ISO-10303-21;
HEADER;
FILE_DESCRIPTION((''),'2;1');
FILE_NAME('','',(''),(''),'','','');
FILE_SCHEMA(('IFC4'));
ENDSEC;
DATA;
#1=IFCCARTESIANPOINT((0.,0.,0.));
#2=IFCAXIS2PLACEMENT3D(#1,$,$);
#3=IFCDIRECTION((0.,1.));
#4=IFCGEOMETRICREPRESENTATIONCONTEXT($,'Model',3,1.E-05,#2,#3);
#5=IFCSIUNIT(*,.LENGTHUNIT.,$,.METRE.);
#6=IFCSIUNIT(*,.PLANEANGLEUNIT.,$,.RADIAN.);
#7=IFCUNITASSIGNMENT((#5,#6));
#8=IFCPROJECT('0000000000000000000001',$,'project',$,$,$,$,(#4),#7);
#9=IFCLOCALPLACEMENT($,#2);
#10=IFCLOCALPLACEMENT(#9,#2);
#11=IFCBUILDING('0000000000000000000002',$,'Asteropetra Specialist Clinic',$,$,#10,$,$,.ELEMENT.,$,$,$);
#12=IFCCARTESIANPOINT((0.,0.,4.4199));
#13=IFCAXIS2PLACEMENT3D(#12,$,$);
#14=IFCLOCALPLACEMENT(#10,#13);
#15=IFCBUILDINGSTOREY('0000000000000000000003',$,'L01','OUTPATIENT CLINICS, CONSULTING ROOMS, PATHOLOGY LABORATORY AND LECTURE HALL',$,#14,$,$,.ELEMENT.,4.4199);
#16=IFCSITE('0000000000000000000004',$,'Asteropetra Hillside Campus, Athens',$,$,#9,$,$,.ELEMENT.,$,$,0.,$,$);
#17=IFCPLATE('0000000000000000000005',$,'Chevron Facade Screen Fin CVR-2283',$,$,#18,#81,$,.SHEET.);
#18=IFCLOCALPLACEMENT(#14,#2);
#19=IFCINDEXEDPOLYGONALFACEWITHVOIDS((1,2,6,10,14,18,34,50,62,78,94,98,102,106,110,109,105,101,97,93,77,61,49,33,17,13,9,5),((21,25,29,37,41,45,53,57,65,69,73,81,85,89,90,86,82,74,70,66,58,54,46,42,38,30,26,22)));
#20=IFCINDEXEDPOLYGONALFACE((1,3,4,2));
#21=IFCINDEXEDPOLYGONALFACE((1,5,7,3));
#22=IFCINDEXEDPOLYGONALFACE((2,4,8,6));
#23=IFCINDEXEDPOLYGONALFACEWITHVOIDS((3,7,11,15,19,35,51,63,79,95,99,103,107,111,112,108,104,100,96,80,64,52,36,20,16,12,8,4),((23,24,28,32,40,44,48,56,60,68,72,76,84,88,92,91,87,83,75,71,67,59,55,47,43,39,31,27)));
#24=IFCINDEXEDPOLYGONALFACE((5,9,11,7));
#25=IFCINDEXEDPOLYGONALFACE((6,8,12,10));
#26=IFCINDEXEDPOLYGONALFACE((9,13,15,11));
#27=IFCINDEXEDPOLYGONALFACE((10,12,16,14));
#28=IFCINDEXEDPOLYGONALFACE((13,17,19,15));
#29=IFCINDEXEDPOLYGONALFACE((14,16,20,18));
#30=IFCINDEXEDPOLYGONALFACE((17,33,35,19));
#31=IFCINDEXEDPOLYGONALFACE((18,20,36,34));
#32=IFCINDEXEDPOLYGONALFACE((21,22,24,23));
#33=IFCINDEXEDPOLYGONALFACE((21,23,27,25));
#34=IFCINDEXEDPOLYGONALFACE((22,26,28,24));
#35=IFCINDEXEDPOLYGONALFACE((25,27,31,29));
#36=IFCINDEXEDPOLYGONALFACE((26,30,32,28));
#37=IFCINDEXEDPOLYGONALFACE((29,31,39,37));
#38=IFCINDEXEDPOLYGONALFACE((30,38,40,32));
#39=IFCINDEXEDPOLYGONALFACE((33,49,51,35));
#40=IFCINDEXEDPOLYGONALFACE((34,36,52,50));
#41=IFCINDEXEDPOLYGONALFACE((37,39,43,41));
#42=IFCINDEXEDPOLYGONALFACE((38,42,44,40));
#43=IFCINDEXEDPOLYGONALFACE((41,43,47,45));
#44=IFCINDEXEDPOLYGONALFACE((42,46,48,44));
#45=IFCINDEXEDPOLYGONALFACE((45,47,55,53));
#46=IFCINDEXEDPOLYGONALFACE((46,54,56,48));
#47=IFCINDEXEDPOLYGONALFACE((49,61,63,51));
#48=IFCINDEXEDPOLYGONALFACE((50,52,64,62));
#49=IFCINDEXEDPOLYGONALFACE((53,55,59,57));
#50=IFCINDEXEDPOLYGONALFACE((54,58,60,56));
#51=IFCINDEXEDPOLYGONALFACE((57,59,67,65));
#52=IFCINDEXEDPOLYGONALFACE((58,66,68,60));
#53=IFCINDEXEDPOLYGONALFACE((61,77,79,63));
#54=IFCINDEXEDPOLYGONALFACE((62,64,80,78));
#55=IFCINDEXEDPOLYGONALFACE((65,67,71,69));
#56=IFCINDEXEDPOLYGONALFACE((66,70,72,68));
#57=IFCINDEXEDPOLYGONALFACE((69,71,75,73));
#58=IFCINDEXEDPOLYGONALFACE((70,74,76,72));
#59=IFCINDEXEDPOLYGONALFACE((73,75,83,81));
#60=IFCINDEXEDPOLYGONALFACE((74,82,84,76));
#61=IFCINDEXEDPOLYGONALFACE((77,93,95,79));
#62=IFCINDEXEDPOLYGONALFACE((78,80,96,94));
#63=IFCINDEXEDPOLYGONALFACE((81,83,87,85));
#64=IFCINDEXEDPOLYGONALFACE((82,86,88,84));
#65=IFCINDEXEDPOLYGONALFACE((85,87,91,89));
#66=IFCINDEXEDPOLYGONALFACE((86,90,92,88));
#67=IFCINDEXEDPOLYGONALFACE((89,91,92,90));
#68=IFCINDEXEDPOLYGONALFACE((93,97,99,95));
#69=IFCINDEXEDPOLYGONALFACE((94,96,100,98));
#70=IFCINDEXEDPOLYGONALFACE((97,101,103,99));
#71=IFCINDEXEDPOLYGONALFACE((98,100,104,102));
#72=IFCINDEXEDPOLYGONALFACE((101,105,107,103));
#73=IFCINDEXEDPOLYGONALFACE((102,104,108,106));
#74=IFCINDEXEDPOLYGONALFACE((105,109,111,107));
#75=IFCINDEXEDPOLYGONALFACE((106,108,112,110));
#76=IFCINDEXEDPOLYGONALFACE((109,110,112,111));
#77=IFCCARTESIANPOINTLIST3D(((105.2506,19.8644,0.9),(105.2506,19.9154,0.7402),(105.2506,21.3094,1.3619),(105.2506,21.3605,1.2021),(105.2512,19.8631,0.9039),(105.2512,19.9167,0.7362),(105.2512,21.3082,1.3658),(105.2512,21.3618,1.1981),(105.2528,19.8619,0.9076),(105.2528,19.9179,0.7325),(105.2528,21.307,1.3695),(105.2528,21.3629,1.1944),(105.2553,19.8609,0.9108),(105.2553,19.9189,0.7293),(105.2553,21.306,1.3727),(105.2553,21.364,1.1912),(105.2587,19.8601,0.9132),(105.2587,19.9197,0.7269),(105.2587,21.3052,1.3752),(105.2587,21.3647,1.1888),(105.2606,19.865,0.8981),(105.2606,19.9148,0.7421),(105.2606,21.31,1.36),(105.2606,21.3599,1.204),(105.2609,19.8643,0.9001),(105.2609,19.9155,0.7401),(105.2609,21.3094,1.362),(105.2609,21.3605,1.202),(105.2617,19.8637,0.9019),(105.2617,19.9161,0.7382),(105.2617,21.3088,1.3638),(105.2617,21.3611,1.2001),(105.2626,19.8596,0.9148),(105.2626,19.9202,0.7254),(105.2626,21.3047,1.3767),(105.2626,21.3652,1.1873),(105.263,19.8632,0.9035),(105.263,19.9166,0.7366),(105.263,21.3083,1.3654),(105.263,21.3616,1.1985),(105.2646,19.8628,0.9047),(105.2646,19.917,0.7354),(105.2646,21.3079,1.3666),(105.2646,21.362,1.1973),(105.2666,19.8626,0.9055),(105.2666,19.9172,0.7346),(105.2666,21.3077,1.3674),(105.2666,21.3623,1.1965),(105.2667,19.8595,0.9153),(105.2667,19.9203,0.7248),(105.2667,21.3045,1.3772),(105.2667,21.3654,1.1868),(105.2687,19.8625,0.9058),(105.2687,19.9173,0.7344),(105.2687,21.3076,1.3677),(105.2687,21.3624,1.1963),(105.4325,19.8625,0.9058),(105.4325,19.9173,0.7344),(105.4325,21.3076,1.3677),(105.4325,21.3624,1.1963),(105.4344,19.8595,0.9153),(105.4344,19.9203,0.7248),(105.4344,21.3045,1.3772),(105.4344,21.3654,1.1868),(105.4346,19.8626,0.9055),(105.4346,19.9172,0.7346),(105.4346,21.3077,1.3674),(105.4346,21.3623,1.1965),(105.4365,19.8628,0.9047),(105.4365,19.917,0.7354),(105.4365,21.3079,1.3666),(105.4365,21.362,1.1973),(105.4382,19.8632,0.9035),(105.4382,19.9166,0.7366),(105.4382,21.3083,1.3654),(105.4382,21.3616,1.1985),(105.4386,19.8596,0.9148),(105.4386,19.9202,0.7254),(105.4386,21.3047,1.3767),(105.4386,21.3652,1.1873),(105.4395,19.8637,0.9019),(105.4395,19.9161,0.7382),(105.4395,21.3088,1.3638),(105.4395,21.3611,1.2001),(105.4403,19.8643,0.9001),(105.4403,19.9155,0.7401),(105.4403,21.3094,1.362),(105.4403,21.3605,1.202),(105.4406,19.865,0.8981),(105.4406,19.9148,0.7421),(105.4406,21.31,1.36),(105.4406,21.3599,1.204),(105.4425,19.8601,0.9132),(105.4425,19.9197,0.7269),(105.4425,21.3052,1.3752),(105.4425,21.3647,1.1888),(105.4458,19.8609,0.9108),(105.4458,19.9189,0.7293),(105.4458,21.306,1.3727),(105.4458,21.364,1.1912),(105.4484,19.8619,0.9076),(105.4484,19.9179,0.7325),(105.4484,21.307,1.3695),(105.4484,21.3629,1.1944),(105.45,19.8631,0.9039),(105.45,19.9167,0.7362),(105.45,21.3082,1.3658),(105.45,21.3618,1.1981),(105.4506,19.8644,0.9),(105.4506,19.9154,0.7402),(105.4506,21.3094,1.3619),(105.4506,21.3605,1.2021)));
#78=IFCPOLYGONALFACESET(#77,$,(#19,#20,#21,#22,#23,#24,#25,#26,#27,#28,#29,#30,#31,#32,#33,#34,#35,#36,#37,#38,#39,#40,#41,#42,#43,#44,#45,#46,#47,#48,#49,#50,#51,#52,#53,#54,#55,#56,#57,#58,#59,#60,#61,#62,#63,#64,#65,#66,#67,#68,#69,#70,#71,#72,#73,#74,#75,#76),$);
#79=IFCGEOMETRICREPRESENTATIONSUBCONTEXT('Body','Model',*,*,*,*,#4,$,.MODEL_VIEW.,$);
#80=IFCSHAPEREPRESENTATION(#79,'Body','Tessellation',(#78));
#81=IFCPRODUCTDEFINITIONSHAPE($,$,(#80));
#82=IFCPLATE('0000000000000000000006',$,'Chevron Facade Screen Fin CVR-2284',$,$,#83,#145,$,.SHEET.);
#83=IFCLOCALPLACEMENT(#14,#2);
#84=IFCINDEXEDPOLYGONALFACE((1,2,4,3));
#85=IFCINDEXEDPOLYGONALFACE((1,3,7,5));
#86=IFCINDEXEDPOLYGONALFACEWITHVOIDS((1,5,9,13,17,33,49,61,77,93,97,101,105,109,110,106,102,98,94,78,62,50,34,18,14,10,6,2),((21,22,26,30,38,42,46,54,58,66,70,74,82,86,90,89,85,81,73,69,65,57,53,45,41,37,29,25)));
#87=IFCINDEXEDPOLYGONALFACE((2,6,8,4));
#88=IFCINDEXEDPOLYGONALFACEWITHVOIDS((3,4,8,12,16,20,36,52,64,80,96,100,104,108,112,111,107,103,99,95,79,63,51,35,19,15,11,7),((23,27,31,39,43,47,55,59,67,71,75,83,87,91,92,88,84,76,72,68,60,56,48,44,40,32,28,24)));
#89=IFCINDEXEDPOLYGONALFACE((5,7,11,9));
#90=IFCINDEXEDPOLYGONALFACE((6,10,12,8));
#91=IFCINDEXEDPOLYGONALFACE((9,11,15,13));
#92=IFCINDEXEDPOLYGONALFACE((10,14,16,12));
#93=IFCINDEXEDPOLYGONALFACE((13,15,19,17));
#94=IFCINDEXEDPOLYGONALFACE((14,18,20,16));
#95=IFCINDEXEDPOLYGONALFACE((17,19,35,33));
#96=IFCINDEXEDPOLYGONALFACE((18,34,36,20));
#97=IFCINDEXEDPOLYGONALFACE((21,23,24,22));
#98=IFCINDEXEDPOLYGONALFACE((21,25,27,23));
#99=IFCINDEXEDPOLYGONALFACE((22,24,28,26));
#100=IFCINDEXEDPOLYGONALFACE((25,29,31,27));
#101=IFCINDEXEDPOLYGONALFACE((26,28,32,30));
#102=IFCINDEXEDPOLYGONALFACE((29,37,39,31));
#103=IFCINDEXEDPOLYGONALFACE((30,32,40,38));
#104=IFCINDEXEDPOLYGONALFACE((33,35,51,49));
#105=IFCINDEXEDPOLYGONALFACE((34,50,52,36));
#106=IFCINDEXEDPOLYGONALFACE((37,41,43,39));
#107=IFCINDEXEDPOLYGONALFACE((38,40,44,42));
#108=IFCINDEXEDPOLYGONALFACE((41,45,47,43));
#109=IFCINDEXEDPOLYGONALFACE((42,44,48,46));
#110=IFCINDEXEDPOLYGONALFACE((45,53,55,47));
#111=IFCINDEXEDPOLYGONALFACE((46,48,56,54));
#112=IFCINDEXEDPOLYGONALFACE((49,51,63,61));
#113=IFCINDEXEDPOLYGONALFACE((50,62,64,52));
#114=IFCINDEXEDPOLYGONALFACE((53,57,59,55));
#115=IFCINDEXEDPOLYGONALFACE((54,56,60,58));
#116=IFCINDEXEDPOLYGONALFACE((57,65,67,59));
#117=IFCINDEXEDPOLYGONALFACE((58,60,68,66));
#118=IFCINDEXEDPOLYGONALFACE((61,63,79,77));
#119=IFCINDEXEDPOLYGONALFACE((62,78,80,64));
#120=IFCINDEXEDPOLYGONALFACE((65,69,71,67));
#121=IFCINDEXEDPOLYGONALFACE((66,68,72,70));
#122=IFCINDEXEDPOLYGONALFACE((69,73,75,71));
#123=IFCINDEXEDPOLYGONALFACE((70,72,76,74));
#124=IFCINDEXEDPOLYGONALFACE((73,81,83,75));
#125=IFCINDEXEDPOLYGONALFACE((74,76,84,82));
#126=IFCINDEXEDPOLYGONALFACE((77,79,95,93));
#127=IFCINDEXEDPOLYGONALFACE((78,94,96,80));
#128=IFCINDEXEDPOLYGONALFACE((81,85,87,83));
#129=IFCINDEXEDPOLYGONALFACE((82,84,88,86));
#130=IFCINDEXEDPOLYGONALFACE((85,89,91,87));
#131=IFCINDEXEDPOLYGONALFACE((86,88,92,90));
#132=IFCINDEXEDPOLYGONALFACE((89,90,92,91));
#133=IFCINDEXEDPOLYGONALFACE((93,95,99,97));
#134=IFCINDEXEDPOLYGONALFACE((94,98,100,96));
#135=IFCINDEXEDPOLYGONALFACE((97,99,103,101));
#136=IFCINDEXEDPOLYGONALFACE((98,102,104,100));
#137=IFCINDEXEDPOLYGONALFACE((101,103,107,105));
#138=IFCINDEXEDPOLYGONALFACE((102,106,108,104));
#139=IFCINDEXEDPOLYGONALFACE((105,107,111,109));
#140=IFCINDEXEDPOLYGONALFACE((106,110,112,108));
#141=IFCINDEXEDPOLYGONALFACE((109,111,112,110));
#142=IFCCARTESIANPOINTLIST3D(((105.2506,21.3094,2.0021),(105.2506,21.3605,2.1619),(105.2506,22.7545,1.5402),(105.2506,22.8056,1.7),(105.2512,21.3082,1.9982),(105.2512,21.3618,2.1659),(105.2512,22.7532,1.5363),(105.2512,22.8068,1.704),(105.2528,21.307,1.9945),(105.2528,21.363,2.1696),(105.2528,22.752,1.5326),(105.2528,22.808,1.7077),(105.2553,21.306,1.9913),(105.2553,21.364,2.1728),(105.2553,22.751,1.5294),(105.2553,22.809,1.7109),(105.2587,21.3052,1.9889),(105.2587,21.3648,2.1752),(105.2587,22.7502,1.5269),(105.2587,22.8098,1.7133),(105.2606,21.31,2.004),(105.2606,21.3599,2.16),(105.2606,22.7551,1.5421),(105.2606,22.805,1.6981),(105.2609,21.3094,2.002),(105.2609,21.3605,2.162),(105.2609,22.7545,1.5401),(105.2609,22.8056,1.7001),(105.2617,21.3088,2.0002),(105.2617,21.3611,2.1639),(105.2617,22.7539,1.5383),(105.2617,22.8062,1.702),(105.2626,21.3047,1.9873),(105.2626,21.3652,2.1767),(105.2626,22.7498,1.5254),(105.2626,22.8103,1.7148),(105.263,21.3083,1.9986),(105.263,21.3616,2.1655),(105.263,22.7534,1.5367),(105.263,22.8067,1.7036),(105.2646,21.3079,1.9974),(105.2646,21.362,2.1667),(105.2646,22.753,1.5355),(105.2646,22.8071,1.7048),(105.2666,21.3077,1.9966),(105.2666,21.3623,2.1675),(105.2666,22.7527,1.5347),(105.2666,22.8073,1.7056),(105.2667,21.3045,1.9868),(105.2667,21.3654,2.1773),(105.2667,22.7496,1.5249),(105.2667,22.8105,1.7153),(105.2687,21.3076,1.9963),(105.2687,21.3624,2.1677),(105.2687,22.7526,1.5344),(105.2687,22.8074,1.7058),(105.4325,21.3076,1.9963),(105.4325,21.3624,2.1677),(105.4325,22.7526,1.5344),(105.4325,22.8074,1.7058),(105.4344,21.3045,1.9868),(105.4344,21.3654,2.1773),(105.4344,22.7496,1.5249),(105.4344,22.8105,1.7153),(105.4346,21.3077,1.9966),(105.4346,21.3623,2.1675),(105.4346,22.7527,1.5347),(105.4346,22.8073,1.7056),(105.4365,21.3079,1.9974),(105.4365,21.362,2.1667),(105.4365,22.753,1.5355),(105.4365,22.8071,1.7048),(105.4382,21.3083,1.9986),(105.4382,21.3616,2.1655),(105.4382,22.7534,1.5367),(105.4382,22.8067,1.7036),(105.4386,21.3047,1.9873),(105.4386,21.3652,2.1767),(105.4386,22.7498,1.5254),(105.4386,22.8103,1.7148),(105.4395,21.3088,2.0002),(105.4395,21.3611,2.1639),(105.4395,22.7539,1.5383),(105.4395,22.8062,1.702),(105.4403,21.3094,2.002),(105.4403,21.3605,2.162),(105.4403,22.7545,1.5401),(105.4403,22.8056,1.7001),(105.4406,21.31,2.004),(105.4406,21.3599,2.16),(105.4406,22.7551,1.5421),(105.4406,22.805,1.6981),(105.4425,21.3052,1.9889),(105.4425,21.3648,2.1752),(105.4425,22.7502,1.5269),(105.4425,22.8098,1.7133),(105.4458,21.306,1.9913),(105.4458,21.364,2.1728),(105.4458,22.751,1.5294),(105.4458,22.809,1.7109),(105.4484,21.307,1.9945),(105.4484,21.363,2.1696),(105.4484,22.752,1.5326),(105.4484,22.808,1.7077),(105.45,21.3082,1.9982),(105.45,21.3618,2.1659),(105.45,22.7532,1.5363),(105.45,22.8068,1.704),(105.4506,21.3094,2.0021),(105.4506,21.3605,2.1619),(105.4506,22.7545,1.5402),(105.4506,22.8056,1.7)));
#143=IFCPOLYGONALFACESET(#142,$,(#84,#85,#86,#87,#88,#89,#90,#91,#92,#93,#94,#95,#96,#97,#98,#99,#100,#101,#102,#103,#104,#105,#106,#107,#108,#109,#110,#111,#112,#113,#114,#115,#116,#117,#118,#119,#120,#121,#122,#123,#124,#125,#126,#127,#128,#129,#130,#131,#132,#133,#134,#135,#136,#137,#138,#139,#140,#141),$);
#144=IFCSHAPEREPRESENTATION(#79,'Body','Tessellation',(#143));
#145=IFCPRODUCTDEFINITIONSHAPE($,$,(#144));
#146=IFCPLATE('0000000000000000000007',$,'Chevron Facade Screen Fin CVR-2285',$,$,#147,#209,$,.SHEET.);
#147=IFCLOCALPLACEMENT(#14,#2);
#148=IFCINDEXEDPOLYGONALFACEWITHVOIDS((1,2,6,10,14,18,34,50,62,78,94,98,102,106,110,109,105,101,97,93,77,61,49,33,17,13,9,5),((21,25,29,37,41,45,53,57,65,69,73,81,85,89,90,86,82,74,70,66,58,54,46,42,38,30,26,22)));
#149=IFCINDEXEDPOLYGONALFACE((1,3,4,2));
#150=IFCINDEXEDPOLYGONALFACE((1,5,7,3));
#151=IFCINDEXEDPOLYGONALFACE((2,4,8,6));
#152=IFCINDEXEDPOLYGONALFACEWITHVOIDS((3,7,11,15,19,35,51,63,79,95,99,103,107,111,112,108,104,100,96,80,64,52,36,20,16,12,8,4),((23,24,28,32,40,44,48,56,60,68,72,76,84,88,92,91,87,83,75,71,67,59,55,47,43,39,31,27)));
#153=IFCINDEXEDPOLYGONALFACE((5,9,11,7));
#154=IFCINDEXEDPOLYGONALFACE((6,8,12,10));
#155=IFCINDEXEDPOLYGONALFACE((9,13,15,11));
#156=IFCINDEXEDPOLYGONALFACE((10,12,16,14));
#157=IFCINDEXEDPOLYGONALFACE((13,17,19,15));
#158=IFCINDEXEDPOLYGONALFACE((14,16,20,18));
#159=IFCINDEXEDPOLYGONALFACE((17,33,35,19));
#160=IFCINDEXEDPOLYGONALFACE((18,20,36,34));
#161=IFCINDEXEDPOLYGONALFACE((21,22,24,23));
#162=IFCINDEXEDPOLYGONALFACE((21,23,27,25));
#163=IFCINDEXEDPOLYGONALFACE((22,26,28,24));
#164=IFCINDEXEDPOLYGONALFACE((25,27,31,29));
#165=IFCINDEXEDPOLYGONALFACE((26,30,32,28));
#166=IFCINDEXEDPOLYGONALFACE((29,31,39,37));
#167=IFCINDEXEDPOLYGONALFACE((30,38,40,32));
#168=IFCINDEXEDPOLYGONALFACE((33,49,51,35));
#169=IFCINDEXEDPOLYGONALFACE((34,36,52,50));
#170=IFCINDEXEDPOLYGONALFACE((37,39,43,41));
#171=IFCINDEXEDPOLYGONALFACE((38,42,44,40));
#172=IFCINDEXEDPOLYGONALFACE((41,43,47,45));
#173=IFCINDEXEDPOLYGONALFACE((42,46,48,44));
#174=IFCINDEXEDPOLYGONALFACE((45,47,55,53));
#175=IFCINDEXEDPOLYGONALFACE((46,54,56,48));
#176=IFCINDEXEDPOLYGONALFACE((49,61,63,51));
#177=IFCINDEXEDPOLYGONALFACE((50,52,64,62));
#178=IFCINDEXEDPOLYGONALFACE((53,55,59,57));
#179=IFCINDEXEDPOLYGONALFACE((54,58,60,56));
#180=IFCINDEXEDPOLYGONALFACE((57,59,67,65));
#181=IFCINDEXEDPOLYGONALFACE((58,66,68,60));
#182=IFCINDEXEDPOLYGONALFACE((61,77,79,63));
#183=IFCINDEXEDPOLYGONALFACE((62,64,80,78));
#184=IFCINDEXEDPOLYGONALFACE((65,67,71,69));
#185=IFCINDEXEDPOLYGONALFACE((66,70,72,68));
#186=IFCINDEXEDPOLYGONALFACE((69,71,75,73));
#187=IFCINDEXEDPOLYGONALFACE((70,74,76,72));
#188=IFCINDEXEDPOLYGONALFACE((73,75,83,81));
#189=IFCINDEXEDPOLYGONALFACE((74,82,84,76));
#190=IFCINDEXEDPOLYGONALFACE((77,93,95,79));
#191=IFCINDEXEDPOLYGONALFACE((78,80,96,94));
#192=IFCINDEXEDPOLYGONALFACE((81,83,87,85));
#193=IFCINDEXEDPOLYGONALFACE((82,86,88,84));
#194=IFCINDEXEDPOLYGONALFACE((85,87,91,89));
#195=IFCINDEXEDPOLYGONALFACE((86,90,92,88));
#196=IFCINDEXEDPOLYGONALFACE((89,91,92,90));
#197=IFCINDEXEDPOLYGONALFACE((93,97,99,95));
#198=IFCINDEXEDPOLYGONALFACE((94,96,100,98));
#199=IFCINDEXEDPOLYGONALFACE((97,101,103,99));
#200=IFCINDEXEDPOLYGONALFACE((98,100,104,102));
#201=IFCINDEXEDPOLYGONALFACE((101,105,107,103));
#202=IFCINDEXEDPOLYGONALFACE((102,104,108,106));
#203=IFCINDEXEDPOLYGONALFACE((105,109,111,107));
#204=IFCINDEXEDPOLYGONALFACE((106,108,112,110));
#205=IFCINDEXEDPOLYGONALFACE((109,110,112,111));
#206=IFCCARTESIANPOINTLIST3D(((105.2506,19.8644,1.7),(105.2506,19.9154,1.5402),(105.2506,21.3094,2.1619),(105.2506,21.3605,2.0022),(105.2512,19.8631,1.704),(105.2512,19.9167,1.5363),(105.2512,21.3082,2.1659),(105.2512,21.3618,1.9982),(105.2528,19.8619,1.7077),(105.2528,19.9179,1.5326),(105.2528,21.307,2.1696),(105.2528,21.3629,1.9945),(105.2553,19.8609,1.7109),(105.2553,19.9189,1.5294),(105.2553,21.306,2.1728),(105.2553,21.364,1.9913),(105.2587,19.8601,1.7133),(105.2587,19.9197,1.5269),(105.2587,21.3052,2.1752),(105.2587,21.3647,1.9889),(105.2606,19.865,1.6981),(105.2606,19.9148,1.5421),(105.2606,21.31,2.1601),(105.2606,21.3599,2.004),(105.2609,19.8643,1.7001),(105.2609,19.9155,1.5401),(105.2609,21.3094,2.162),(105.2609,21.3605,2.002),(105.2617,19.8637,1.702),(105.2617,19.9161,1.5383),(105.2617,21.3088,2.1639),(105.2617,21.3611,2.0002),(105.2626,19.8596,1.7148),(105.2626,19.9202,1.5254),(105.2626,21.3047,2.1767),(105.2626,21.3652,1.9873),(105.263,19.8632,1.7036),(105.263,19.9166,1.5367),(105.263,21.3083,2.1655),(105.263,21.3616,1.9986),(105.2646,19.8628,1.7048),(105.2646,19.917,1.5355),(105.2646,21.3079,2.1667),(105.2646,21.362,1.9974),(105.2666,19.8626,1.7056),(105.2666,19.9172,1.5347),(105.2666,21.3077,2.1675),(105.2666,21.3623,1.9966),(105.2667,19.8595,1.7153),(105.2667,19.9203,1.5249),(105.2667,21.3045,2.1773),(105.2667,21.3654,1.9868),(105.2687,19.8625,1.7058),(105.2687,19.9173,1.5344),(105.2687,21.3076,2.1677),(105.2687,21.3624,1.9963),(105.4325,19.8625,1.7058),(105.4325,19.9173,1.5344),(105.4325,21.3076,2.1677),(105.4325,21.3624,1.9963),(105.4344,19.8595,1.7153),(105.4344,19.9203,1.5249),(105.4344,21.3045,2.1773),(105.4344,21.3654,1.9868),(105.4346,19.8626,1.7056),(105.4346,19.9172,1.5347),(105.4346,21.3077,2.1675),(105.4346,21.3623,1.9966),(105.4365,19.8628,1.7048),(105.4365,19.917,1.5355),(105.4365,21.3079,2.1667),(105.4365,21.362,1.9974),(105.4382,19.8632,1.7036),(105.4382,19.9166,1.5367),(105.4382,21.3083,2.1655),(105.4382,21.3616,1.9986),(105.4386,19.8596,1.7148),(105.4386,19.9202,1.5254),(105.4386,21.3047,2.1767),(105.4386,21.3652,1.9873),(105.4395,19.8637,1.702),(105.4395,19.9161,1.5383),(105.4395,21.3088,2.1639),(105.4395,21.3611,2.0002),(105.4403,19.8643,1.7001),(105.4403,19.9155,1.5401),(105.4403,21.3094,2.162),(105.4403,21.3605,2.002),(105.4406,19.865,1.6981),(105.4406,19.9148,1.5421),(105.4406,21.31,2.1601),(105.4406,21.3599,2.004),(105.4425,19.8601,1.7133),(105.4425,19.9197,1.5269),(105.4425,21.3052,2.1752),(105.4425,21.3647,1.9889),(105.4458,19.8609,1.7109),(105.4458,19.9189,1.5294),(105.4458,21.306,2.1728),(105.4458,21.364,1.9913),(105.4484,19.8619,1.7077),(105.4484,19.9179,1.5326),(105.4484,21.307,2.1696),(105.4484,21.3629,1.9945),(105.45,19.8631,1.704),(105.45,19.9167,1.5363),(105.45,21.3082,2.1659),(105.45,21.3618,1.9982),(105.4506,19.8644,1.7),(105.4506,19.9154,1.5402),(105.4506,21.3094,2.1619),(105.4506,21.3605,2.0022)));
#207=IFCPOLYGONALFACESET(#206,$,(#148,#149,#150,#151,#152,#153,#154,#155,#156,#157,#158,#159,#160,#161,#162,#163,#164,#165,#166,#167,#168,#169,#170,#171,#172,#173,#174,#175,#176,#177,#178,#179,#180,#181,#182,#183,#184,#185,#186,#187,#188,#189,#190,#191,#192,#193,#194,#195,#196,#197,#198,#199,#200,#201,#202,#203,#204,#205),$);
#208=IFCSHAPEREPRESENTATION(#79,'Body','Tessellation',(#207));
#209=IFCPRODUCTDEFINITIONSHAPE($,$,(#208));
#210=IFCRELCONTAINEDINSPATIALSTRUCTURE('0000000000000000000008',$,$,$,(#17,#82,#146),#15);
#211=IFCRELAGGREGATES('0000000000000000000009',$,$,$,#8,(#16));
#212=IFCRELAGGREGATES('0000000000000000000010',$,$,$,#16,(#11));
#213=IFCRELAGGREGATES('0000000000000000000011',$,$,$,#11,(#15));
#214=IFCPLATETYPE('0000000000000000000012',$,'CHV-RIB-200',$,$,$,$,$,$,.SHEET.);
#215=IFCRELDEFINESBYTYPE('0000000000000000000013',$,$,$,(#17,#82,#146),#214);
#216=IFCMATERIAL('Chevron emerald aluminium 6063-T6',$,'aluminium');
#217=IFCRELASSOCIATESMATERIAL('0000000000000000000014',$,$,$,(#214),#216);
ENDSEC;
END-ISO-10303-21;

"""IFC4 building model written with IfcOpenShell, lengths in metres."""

from ifc_helpers import new_model, si_unit, direction, frame, origin, origin_2d, place, context, subcontext, project, spatial, hollow_rectangle, extrude, material, material_profile, profile_set, type_object, element, save


model = new_model("IFC4")

# Units and contexts
model_context = context("Model", 3, precision=1e-05, world=origin(), true_north=direction((0.0, 1.0)))
body_context = subcontext(model_context, "Body", "Model", "MODEL_VIEW")
ifc_project = project(units=[si_unit("LENGTHUNIT", "METRE"), si_unit("PLANEANGLEUNIT", "RADIAN")], contexts=[model_context])

# Site, building, storey
site_placement = place(None, origin())
site = spatial("IfcSite", under=ifc_project, at=site_placement, Name="Asteropetra Hillside Campus, Athens", CompositionType="ELEMENT", RefElevation=0.0)
building_placement = place(site_placement, origin())
building = spatial("IfcBuilding", under=site, at=building_placement, Name="Asteropetra Specialist Clinic", CompositionType="ELEMENT")
storey_placement = place(building_placement, frame((0.0, 0.0, 4.4199)))
storey = spatial("IfcBuildingStorey", under=building, at=storey_placement, Name="L01", Description="OUTPATIENT CLINICS, CONSULTING ROOMS, PATHOLOGY LABORATORY AND LECTURE HALL", CompositionType="ELEMENT", Elevation=4.4199)

# Plates
ifc_material_1 = material(Name="Chevron emerald aluminium 6063-T6", Category="aluminium")
ifc_material_profile = material_profile(ifc_material_1, hollow_rectangle(XDim=0.2, YDim=0.2, WallThickness=0.01, InnerFilletRadius=0.0081, OuterFilletRadius=0.0161, at=origin_2d()), Name="SHS 200x200x10.0")
ifc_profile_set = profile_set([ifc_material_profile], Name="Chevron emerald aluminium 6063-T6")
plate_type = type_object("IfcPlateType", Name="CHV-RIB-200", PredefinedType="SHEET", material=ifc_profile_set)
for number, where, z_axis, x_axis, name in (
    (1, (105.3506, 21.335, 1.282), (0.0, -0.952521, -0.304472), (1.0, 0.0, 0.0), "Chevron Facade Screen Fin CVR-2283"),
    (2, (105.3506, 22.78, 1.6201), (0.0, -0.952521, 0.304472), (1.0, 0.0, 0.0), "Chevron Facade Screen Fin CVR-2284"),
    (3, (105.3506, 21.335, 2.082), (0.0, -0.952521, -0.304472), (1.0, 0.0, 0.0), "Chevron Facade Screen Fin CVR-2285"),
):
    element("IfcPlate", number, at=place(storey_placement, frame(where, z_axis=z_axis, x_axis=x_axis)), inside=storey, type_object=plate_type, Name=name, PredefinedType="SHEET", context=body_context, shape_type="SweptSolid", body=[
        extrude(hollow_rectangle(XDim=0.2, YDim=0.2, WallThickness=0.01, InnerFilletRadius=0.0081, OuterFilletRadius=0.0161, at=origin_2d()), origin(), (0.0, 0.0, 1.0), 1.5171),
    ])

save(model, "model.ifc")
